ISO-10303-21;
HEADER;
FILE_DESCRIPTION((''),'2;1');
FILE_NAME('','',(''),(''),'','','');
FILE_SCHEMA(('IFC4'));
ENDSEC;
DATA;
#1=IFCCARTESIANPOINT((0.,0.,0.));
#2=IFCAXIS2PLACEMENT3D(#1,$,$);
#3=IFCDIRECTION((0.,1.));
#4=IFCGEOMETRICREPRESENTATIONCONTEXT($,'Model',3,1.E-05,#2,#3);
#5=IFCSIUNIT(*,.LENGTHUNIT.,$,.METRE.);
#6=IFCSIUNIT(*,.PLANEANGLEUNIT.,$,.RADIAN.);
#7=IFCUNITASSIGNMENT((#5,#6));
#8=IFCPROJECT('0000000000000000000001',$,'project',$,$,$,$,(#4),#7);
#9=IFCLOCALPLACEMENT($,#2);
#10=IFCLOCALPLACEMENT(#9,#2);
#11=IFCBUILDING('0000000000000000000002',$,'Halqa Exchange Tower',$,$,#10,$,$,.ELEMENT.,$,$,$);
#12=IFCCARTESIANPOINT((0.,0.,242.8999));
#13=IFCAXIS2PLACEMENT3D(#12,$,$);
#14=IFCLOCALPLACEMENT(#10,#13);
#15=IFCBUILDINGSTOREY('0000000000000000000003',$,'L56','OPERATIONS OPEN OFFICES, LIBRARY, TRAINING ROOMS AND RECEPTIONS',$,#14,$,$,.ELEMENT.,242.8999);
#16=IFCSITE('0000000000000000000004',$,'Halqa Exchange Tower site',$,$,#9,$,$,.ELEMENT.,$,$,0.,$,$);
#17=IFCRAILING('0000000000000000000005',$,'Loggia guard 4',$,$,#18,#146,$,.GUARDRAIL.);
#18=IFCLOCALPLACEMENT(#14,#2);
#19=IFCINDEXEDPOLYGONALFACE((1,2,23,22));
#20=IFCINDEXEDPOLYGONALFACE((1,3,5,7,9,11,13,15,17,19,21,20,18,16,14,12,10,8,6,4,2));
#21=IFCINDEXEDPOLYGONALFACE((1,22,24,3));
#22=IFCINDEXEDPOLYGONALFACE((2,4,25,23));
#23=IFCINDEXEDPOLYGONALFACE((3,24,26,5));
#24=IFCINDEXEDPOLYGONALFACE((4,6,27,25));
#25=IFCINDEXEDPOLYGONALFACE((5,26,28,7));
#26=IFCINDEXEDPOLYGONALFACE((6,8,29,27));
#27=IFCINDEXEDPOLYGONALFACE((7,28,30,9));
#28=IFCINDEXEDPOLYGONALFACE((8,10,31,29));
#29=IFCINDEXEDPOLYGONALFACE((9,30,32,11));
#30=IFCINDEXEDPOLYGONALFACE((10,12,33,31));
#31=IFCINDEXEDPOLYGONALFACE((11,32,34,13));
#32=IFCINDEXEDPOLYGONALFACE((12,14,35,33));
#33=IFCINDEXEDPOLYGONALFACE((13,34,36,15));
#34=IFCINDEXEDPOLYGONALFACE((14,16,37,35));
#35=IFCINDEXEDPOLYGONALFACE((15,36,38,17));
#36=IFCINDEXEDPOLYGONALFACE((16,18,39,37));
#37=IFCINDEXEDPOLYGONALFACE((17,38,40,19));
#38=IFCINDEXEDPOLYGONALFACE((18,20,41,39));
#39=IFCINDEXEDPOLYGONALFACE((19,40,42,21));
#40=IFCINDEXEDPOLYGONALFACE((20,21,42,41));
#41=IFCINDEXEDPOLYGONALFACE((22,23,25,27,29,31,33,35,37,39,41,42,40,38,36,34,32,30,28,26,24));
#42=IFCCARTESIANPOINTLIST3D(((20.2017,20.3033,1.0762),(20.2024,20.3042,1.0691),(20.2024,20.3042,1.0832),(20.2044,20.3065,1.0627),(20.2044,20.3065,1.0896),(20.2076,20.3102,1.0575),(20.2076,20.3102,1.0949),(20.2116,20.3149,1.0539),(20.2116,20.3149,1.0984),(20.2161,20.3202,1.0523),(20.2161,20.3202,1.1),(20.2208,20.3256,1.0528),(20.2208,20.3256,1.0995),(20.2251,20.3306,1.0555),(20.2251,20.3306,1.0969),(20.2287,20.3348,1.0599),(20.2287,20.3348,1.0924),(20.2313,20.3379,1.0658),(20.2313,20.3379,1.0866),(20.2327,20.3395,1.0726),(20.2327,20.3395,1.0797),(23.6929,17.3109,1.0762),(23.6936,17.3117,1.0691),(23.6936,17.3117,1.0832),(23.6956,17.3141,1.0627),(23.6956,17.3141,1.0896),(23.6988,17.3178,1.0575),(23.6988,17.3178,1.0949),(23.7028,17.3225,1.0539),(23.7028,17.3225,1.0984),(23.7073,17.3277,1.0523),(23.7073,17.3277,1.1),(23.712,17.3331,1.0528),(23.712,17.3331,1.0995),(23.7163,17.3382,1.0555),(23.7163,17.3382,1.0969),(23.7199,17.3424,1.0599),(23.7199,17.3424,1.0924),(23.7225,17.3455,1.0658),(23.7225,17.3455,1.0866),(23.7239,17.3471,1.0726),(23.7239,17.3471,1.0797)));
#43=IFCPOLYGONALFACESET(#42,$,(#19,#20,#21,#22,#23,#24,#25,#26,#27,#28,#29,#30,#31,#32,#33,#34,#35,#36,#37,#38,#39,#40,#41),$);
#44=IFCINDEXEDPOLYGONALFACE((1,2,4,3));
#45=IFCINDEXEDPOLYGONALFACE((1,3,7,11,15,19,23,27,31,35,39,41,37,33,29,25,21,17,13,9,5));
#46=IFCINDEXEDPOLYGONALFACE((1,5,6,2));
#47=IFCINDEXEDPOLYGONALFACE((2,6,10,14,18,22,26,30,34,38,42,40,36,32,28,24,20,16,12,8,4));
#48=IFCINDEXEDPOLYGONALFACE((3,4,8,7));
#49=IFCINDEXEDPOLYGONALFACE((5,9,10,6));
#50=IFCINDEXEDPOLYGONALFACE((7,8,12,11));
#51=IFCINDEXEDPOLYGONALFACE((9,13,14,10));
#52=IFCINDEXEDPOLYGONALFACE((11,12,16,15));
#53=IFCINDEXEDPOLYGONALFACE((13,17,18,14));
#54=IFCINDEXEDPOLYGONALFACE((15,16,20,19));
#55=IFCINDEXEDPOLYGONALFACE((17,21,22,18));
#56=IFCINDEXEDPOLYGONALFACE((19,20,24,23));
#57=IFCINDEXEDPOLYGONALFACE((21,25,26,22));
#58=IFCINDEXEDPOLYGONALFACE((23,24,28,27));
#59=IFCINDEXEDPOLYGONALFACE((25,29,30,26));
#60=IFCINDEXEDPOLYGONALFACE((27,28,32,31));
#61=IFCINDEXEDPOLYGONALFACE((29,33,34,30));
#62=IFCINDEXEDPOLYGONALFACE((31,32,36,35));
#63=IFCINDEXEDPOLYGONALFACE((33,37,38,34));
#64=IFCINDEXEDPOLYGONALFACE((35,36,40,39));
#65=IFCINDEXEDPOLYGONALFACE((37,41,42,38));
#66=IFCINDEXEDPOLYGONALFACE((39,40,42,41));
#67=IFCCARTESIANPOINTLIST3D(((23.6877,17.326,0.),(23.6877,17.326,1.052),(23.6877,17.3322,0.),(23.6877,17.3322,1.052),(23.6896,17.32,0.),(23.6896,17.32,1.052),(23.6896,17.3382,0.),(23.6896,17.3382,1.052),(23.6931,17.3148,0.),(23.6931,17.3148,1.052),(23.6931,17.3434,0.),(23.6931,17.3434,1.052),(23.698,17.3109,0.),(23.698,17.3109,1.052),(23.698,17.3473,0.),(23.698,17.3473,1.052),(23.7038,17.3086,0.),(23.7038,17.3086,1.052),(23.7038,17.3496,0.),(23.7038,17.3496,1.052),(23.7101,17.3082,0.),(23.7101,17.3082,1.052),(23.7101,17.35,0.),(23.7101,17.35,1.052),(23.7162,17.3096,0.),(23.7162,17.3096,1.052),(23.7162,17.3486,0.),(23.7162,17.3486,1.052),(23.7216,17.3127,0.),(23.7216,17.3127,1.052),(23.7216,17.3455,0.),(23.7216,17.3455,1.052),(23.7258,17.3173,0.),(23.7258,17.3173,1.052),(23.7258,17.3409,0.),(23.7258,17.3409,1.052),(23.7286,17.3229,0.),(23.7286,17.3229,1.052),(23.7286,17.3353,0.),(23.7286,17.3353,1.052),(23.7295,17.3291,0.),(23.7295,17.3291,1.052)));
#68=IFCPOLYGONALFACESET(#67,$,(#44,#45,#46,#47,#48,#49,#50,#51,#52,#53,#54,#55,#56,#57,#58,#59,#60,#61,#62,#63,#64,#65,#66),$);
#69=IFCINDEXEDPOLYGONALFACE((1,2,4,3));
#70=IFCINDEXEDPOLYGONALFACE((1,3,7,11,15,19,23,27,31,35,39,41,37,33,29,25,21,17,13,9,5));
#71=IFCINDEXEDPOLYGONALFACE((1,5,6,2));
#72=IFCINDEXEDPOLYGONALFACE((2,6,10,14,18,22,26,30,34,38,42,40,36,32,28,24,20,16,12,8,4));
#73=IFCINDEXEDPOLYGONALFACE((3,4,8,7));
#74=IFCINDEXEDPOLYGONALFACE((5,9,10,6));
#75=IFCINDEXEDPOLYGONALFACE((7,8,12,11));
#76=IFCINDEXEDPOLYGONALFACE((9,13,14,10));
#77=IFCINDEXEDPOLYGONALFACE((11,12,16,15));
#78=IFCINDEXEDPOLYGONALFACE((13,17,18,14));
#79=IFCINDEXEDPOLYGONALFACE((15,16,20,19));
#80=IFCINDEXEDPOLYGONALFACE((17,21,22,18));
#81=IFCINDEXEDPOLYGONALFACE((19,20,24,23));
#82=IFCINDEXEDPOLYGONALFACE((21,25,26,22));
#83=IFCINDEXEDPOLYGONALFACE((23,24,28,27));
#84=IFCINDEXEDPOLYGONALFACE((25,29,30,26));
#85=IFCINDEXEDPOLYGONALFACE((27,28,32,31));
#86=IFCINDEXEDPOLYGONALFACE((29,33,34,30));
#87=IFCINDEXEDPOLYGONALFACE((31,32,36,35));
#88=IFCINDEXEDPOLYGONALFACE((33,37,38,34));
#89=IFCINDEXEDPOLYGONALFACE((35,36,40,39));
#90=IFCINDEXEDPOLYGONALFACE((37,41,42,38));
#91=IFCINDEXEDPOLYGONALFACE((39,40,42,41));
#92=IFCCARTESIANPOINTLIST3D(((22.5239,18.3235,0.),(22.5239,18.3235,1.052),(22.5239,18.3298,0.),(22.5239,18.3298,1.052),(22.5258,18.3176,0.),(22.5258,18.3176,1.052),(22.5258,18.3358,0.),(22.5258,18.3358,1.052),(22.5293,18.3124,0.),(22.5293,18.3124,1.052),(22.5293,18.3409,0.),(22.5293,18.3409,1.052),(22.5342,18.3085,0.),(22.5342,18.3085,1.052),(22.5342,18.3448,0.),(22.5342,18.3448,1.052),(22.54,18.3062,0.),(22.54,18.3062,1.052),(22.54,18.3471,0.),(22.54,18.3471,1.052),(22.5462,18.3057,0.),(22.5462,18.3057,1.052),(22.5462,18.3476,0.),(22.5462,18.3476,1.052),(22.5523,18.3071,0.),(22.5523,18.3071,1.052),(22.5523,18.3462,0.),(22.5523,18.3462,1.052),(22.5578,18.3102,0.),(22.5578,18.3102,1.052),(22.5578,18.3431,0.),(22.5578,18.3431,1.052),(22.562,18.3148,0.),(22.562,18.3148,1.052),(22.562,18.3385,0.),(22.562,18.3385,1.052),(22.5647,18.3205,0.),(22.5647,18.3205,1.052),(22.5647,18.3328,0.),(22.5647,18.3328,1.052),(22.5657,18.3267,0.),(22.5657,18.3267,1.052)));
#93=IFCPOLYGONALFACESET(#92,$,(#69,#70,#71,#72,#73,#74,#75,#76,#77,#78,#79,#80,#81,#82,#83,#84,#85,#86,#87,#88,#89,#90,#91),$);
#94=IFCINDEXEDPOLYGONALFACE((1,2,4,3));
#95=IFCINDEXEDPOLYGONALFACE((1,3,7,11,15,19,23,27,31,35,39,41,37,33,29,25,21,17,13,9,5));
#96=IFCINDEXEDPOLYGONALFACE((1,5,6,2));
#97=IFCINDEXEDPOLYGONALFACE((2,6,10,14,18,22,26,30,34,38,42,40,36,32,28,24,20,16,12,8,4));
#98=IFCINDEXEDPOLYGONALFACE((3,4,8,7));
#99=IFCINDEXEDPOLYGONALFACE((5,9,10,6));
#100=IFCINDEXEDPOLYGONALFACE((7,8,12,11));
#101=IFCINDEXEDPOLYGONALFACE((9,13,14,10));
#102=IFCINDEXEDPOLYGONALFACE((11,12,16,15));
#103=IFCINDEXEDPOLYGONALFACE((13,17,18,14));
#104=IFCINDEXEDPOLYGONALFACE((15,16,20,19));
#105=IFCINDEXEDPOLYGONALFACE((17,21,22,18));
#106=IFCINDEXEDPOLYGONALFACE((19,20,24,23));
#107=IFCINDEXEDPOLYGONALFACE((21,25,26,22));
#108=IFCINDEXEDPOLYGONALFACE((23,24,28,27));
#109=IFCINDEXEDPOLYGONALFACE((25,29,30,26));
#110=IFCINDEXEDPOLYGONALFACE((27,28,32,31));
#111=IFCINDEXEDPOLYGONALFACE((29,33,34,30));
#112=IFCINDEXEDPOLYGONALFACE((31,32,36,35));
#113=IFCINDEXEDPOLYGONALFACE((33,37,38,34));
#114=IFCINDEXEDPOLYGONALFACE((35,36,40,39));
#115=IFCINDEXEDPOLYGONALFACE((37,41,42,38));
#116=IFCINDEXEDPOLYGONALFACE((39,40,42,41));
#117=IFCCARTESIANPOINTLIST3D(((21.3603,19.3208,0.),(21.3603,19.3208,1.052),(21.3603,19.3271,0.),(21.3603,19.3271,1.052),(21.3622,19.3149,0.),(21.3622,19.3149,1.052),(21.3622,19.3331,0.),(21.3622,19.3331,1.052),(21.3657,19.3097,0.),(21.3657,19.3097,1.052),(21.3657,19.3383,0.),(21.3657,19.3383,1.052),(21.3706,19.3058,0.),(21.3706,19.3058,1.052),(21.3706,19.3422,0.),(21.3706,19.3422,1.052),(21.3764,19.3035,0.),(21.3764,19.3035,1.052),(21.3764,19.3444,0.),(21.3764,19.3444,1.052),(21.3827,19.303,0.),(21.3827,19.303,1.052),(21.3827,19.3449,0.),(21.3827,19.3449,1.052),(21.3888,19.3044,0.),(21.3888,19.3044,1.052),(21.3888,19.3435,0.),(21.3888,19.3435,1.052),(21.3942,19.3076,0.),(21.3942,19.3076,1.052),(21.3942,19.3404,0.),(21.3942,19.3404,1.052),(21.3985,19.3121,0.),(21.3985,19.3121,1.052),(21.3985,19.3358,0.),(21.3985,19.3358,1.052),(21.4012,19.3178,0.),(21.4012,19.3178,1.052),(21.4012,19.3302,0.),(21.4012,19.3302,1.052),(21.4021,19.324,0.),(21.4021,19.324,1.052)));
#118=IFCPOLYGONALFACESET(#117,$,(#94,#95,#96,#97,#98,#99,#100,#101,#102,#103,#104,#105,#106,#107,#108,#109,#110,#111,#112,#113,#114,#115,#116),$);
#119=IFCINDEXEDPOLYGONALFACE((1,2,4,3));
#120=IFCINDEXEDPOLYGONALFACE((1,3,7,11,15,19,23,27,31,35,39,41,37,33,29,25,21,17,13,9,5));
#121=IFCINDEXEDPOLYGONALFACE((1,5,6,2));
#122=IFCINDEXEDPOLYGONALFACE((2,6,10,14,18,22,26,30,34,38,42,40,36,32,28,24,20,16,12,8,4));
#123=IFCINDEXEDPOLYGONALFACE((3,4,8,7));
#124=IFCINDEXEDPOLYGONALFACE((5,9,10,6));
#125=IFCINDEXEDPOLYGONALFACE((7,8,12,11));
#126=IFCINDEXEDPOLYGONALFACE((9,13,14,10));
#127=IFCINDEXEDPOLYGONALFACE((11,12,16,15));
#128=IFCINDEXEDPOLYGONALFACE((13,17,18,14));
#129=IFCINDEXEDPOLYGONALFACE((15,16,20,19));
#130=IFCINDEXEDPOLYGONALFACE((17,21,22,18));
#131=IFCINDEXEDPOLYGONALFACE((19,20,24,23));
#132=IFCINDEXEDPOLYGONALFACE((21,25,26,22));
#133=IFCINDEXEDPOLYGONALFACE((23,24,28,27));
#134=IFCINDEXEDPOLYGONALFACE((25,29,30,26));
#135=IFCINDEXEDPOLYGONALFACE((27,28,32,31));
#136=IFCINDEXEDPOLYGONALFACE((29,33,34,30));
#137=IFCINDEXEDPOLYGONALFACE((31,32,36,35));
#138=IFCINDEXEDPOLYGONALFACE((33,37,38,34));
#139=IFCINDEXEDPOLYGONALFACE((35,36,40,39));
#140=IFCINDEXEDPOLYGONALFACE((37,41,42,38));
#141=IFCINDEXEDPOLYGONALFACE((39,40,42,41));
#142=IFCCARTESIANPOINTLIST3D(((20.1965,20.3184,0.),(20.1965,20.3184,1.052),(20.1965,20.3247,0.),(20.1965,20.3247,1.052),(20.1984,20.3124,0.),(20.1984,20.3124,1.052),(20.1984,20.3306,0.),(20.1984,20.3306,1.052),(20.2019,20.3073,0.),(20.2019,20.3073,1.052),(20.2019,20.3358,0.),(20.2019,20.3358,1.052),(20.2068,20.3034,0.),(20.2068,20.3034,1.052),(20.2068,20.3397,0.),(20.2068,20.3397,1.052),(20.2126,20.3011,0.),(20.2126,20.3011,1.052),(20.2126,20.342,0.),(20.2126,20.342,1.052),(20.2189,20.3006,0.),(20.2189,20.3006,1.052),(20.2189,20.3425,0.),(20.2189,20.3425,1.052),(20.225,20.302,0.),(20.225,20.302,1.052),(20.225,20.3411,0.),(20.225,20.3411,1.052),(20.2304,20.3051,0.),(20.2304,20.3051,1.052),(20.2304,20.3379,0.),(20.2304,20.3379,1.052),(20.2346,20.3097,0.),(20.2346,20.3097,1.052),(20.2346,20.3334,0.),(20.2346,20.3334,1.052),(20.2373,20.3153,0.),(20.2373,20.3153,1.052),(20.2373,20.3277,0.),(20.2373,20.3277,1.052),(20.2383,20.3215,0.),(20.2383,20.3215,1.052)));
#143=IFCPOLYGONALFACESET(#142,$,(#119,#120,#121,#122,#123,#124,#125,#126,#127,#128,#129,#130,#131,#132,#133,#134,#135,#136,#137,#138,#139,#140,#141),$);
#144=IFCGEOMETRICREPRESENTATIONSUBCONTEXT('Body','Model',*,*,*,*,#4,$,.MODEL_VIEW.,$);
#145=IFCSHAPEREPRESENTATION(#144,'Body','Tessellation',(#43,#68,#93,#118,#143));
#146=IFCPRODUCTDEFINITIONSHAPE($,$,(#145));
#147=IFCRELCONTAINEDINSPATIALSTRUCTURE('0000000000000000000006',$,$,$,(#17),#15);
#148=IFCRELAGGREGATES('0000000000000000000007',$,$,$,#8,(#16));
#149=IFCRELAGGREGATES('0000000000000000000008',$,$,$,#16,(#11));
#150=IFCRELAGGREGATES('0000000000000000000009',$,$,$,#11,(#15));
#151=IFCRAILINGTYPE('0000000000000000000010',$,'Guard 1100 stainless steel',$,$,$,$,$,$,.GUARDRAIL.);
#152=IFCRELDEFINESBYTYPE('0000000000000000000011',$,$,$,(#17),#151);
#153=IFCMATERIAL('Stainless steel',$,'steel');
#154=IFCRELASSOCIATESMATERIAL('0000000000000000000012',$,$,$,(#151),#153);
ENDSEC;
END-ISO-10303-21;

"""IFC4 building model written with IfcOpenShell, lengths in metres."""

from ifc_helpers import new_model, si_unit, direction, frame, origin, origin_2d, place, context, subcontext, project, spatial, circle, extrude, material, type_object, element, save


model = new_model("IFC4")

# Units and contexts
model_context = context("Model", 3, precision=1e-05, world=origin(), true_north=direction((0.0, 1.0)))
body_context = subcontext(model_context, "Body", "Model", "MODEL_VIEW")
ifc_project = project(units=[si_unit("LENGTHUNIT", "METRE"), si_unit("PLANEANGLEUNIT", "RADIAN")], contexts=[model_context])

# Site, building, storey
site_placement = place(None, origin())
site = spatial("IfcSite", under=ifc_project, at=site_placement, Name="Halqa Exchange Tower site", CompositionType="ELEMENT", RefElevation=0.0)
building_placement = place(site_placement, origin())
building = spatial("IfcBuilding", under=site, at=building_placement, Name="Halqa Exchange Tower", CompositionType="ELEMENT")
storey_placement = place(building_placement, frame((0.0, 0.0, 242.8999)))
storey = spatial("IfcBuildingStorey", under=building, at=storey_placement, Name="L56", Description="OPERATIONS OPEN OFFICES, LIBRARY, TRAINING ROOMS AND RECEPTIONS", CompositionType="ELEMENT", Elevation=242.8999)

# Railing
ifc_material_1 = material(Name="Stainless steel", Category="steel")
railing_type = type_object("IfcRailingType", Name="Guard 1100 stainless steel", PredefinedType="GUARDRAIL", material=ifc_material_1)
railing_1_placement = place(storey_placement, frame((23.7085, 17.3291, 0.0)))
element("IfcRailing", 1, at=railing_1_placement, inside=storey, type_object=railing_type, Name="Loggia guard 4", PredefinedType="GUARDRAIL", context=body_context, shape_type="SweptSolid", body=[
    extrude(circle(Radius=0.0239, at=origin_2d()), frame((0.0, 0.0, 1.0762), z_axis=(-0.75926, 0.650787, 0.0), x_axis=(-0.650787, -0.75926, 0.0)), (0.0, 0.0, 1.0), 4.5981),
    extrude(circle(Radius=0.021, at=origin_2d()), origin(), (0.0, 0.0, 1.0), 1.052),
    extrude(circle(Radius=0.021, at=origin_2d()), frame((-1.1638, 0.9976, 0.0)), (0.0, 0.0, 1.0), 1.052),
    extrude(circle(Radius=0.021, at=origin_2d()), frame((-2.3274, 1.9949, 0.0)), (0.0, 0.0, 1.0), 1.052),
    extrude(circle(Radius=0.021, at=origin_2d()), frame((-3.4912, 2.9924, 0.0)), (0.0, 0.0, 1.0), 1.052),
])

save(model, "model.ifc")
